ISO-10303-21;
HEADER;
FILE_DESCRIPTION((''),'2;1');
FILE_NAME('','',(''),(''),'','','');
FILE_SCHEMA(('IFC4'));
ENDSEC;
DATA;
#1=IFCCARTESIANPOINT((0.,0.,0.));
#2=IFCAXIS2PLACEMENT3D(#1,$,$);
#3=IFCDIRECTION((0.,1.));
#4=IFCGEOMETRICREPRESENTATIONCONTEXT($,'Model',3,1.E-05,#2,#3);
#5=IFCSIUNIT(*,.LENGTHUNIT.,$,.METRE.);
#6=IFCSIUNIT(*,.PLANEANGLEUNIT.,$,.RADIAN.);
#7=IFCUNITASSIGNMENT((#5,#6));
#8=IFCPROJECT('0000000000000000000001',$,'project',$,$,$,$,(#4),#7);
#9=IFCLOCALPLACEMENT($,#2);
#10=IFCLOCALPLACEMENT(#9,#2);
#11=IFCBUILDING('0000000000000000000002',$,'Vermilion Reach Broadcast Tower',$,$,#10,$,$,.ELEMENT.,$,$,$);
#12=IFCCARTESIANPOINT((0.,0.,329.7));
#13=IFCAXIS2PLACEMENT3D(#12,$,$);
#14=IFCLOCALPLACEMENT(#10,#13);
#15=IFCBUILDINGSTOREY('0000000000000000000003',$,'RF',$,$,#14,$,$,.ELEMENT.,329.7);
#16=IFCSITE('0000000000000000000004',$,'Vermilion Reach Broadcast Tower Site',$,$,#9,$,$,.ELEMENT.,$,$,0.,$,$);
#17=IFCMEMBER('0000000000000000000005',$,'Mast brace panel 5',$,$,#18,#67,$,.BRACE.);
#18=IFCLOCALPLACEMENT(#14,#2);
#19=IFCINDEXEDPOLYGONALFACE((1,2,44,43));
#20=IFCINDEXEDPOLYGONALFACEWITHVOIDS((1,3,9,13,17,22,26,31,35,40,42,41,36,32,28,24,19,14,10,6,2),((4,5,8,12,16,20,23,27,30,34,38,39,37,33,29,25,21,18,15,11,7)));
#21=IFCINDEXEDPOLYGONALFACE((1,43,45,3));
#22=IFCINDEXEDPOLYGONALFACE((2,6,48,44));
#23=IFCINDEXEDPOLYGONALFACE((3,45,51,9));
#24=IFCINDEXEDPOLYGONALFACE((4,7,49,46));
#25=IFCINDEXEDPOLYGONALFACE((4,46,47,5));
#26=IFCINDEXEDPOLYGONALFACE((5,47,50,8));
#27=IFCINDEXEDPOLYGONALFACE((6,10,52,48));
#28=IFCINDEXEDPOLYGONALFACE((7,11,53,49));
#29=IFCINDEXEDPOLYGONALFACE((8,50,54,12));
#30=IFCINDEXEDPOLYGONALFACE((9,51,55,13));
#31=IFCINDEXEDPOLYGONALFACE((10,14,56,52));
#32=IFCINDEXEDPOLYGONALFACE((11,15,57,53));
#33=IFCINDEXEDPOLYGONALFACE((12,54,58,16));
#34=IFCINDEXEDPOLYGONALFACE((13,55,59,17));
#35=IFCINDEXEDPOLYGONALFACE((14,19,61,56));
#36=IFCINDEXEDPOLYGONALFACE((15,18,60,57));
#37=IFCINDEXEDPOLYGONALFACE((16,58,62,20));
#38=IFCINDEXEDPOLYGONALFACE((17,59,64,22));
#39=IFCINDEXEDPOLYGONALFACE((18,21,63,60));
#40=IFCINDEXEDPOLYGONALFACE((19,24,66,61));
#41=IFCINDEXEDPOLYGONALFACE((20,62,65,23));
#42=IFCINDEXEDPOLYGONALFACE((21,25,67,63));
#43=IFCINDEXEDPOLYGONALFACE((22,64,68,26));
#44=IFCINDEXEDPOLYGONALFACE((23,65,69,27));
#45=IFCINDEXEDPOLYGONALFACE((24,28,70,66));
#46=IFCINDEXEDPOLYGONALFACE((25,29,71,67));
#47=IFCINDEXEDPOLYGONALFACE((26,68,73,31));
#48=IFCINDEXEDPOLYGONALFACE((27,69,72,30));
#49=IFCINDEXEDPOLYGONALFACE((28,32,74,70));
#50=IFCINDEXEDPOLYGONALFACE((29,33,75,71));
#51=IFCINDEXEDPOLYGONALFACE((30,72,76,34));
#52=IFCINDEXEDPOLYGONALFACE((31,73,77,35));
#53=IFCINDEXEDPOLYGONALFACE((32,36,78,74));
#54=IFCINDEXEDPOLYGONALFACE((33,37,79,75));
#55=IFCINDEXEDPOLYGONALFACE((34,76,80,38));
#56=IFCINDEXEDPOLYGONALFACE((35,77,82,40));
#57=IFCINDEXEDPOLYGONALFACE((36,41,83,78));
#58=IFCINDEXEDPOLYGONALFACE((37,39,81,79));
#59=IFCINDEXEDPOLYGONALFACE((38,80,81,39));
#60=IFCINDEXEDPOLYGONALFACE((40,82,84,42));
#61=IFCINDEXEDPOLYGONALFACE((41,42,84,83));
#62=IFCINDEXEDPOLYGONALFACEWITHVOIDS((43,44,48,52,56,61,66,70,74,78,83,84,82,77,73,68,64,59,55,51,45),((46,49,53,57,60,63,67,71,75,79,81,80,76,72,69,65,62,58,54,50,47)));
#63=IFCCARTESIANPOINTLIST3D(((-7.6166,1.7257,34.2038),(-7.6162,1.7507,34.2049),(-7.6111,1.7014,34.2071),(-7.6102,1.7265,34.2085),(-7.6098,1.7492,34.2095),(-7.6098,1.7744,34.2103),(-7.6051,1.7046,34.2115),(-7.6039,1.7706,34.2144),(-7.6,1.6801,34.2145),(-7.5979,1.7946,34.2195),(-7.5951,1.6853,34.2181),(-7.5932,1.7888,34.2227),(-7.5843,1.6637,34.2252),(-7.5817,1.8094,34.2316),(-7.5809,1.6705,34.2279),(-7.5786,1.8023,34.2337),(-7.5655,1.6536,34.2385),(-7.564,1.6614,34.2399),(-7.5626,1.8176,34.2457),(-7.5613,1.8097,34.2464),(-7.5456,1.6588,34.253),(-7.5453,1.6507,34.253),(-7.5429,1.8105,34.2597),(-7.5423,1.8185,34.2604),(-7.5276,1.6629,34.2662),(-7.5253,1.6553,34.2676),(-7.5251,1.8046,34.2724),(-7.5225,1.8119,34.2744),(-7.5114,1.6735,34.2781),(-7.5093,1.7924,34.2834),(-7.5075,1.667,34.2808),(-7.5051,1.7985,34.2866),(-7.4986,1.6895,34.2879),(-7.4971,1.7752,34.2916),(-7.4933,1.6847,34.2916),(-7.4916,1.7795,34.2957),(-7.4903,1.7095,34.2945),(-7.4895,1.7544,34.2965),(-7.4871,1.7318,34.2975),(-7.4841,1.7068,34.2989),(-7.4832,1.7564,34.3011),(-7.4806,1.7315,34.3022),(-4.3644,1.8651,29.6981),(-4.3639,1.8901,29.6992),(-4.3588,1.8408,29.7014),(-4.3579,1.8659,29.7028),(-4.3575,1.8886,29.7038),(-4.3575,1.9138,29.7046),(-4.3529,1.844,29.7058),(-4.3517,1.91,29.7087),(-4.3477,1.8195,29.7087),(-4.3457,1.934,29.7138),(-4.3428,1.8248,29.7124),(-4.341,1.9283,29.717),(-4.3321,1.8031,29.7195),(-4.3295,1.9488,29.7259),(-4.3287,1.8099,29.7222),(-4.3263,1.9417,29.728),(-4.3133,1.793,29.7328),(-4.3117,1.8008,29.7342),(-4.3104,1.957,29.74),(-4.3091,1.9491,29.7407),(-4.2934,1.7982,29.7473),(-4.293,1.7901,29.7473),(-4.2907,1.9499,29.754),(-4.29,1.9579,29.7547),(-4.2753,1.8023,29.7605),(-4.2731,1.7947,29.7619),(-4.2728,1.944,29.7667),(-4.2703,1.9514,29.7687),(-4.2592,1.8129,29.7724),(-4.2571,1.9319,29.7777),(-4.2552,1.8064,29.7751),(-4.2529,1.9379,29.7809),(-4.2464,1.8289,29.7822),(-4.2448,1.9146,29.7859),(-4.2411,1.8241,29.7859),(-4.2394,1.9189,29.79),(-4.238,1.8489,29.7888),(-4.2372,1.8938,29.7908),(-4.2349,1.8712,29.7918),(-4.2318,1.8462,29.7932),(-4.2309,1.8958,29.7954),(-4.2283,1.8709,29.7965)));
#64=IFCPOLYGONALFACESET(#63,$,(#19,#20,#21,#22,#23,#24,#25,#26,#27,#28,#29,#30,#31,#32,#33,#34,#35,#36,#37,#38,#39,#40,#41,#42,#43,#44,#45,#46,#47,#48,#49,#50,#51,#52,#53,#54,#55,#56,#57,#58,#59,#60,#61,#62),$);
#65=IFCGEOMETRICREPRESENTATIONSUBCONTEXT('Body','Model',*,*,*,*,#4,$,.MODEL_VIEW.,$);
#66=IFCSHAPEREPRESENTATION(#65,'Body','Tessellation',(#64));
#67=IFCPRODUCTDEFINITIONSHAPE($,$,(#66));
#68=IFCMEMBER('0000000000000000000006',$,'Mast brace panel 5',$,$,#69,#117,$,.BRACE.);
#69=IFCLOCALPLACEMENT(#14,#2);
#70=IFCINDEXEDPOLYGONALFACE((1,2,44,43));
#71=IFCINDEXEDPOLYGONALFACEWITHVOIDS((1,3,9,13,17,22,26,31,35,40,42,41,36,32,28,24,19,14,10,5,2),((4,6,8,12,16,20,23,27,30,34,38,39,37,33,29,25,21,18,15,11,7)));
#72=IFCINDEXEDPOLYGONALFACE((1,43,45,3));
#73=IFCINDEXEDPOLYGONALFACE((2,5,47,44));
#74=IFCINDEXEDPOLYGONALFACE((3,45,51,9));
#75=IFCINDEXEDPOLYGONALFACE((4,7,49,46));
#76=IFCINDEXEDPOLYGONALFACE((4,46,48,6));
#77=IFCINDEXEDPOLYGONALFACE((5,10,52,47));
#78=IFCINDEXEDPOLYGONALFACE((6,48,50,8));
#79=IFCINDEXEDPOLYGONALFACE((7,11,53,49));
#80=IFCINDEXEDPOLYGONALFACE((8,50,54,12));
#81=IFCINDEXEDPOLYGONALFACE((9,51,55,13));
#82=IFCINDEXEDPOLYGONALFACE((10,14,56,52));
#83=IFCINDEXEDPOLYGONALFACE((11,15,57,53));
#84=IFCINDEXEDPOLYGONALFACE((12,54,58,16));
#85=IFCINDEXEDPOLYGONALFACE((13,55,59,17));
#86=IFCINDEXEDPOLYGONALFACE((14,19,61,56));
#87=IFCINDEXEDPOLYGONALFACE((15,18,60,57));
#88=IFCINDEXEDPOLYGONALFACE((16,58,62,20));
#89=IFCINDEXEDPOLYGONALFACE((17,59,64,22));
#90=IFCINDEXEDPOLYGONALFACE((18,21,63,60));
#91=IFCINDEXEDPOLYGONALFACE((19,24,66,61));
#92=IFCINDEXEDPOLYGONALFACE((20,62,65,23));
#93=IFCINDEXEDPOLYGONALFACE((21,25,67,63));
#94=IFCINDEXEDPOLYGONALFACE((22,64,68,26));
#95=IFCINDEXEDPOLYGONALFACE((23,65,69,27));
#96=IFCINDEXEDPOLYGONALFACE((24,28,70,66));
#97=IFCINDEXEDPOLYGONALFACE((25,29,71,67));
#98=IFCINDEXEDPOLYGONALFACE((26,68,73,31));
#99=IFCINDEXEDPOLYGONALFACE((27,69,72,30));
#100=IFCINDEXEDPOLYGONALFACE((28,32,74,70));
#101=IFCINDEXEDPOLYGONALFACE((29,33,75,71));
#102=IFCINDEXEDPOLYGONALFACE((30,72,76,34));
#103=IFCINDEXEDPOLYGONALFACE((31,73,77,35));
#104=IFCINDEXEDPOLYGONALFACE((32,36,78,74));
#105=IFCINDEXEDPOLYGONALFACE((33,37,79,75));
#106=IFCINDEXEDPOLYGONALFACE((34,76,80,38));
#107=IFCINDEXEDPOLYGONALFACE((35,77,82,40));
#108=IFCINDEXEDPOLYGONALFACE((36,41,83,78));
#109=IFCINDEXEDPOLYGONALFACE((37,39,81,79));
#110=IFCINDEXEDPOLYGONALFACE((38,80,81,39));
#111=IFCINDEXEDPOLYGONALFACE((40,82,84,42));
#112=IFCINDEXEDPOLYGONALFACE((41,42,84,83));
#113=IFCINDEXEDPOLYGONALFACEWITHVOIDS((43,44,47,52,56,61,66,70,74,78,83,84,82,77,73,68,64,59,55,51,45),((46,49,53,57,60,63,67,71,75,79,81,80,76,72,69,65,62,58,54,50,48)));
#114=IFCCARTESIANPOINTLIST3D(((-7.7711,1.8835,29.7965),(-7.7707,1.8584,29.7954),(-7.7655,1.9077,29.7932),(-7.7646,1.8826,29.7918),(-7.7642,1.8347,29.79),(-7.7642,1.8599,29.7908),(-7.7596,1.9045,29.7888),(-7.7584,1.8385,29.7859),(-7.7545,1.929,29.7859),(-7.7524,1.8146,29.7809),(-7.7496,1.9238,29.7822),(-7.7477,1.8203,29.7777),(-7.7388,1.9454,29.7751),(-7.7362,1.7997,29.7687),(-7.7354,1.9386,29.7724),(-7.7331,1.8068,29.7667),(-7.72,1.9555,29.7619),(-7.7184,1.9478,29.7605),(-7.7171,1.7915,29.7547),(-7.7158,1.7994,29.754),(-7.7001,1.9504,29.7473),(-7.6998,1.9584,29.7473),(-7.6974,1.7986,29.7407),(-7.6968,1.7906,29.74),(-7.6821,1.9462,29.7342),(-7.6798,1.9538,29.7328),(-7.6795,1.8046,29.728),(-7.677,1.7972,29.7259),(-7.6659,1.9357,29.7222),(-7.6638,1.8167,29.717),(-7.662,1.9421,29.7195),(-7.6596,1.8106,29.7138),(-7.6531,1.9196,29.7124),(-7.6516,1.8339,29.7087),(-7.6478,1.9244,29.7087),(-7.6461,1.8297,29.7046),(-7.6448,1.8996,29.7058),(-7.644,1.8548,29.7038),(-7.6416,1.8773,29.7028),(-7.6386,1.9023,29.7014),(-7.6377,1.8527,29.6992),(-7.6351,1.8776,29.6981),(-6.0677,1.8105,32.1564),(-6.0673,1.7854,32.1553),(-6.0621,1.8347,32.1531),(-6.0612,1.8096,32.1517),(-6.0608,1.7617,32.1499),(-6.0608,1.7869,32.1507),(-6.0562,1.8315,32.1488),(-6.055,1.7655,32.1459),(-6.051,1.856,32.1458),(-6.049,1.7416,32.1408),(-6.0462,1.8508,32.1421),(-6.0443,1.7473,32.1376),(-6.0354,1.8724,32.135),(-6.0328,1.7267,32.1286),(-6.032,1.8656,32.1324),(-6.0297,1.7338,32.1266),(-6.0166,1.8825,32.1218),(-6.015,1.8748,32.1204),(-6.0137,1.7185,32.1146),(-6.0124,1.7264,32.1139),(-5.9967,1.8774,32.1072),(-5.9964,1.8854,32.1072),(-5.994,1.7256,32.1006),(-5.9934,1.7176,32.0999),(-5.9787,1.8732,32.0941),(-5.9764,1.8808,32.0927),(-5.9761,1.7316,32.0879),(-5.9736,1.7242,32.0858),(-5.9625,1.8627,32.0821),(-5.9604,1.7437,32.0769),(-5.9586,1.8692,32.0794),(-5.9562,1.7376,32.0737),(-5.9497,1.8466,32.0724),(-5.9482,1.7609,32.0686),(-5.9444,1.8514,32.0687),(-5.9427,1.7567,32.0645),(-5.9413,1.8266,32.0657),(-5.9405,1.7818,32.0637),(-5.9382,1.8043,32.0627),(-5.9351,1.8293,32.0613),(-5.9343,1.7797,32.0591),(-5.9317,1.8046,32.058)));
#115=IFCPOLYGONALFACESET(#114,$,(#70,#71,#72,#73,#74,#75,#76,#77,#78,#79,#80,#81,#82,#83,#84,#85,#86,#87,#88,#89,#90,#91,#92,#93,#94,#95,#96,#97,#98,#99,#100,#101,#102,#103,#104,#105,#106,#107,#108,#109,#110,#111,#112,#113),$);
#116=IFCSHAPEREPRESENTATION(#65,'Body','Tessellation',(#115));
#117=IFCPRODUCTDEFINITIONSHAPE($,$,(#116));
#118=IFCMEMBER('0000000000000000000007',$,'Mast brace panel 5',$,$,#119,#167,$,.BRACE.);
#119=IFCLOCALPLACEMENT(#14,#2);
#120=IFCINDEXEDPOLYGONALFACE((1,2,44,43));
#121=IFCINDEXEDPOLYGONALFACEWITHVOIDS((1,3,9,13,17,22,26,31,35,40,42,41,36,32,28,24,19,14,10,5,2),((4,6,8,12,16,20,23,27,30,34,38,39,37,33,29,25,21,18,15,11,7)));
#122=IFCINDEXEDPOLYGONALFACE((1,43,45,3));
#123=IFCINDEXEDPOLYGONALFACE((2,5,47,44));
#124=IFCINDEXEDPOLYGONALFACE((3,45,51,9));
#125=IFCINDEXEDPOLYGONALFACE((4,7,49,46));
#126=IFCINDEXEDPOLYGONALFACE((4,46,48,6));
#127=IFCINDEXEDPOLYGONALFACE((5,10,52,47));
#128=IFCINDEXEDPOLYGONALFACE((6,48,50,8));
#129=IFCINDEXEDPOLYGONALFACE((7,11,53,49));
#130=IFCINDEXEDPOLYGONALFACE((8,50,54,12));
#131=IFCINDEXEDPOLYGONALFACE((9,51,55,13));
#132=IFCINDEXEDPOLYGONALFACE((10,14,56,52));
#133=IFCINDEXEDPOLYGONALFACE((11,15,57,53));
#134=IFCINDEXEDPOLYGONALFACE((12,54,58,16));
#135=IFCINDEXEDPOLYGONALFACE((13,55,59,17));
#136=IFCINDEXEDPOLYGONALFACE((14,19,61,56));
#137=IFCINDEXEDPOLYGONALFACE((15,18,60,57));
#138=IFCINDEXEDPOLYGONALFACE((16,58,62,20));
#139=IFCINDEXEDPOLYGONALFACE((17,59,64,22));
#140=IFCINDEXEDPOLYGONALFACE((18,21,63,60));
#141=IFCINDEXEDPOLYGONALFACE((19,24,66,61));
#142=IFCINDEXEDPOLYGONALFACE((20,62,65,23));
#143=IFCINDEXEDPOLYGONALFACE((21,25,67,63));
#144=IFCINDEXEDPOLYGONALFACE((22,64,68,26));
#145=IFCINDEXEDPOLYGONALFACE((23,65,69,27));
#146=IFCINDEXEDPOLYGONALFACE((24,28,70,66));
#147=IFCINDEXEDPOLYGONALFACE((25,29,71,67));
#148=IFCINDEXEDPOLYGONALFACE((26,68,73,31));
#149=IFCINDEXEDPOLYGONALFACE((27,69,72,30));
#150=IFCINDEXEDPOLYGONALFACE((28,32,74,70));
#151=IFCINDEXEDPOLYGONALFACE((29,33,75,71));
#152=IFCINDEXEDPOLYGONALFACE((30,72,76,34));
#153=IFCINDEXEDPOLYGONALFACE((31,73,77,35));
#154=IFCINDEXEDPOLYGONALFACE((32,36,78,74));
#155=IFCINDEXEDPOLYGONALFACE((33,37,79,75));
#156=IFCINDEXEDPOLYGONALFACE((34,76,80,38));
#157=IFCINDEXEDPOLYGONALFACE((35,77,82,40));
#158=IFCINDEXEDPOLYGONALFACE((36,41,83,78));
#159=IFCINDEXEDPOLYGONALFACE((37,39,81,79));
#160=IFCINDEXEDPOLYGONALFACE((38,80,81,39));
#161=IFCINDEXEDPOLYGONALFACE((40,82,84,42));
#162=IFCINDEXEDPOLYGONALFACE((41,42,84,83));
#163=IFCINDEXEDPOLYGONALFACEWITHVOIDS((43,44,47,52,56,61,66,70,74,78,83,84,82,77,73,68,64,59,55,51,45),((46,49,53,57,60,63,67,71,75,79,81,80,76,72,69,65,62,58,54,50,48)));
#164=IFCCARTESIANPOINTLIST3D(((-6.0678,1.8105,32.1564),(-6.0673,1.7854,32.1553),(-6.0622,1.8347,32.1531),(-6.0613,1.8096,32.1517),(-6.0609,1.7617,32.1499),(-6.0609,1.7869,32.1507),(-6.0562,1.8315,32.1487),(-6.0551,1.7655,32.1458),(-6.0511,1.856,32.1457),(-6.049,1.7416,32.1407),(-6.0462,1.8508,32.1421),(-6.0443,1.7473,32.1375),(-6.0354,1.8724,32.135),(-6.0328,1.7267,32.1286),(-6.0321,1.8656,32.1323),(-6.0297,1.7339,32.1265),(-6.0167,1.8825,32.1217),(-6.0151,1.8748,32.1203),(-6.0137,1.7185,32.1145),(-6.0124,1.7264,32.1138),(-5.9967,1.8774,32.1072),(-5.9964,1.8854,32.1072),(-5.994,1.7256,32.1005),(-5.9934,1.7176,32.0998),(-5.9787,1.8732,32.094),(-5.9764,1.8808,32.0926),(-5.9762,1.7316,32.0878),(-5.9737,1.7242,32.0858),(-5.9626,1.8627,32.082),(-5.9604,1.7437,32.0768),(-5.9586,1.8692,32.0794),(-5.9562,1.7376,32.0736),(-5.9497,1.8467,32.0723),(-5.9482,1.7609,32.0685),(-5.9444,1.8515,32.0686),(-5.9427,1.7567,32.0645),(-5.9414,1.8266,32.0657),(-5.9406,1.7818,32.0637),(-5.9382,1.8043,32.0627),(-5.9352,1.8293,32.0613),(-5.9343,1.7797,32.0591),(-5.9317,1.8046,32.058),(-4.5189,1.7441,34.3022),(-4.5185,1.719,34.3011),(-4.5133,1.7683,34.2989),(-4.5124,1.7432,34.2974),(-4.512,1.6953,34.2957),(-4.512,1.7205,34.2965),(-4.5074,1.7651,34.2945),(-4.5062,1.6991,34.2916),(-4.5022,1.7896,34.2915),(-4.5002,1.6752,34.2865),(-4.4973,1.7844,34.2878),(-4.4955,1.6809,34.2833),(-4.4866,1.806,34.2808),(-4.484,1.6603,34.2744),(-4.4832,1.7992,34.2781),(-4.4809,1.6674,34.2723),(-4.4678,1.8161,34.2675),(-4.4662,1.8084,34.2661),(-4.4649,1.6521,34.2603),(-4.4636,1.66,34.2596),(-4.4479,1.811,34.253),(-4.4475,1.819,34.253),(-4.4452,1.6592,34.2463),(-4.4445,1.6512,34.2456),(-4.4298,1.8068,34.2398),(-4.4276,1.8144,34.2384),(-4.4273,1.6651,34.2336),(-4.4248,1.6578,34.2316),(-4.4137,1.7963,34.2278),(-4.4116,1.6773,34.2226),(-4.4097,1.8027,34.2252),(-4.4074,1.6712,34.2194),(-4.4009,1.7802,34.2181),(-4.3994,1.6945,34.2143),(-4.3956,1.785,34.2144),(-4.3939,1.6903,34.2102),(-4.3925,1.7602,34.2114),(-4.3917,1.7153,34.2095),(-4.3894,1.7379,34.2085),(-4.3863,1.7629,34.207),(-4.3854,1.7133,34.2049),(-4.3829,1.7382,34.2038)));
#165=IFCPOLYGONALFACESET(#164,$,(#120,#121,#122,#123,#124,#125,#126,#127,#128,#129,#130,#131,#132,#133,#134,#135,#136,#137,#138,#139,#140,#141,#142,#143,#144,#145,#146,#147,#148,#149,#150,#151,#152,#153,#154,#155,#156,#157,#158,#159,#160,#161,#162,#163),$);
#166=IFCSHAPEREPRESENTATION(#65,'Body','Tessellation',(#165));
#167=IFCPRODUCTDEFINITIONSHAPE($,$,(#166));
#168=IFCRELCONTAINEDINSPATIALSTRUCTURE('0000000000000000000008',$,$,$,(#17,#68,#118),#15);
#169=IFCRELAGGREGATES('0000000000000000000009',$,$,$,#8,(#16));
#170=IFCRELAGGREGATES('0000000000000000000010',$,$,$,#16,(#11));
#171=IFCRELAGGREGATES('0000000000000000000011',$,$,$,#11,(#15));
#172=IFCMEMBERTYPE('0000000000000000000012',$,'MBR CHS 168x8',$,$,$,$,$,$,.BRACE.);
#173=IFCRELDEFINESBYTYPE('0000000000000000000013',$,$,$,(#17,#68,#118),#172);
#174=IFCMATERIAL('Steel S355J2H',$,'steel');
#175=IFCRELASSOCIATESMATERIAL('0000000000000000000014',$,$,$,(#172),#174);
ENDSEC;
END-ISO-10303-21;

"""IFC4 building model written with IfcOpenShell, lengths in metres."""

from ifc_helpers import new_model, si_unit, direction, frame, origin, origin_2d, place, context, subcontext, project, spatial, hollow_circle, extrude, material, material_profile, profile_set, type_object, element, save


model = new_model("IFC4")

# Units and contexts
model_context = context("Model", 3, precision=1e-05, world=origin(), true_north=direction((0.0, 1.0)))
body_context = subcontext(model_context, "Body", "Model", "MODEL_VIEW")
ifc_project = project(units=[si_unit("LENGTHUNIT", "METRE"), si_unit("PLANEANGLEUNIT", "RADIAN")], contexts=[model_context])

# Site, building, storey
site_placement = place(None, origin())
site = spatial("IfcSite", under=ifc_project, at=site_placement, Name="Vermilion Reach Broadcast Tower Site", CompositionType="ELEMENT", RefElevation=0.0)
building_placement = place(site_placement, origin())
building = spatial("IfcBuilding", under=site, at=building_placement, Name="Vermilion Reach Broadcast Tower", CompositionType="ELEMENT")
storey_placement = place(building_placement, frame((0.0, 0.0, 329.7)))
storey = spatial("IfcBuildingStorey", under=building, at=storey_placement, Name="RF", CompositionType="ELEMENT", Elevation=329.7)

# Members
ifc_material_1 = material(Name="Steel S355J2H", Category="steel")
ifc_material_profile_1 = material_profile(ifc_material_1, hollow_circle(Radius=0.0842, WallThickness=0.0081, at=origin_2d()), Name="S355J2H CHS 168x8")
ifc_profile_set_1 = profile_set([ifc_material_profile_1], Name="Steel S355J2H")
member_type_1 = type_object("IfcMemberType", Name="MBR CHS 168x8", PredefinedType="BRACE", material=ifc_profile_set_1)
member_1_placement = place(storey_placement, frame((-4.2966, 1.8743, 29.7473), z_axis=(-0.585087, -0.02508, 0.810583), x_axis=(0.042825, -0.999083, 0.0)))
element("IfcMember", 1, at=member_1_placement, inside=storey, type_object=member_type_1, Name="Mast brace panel 5", PredefinedType="BRACE", context=body_context, shape_type="SweptSolid", body=[
    extrude(hollow_circle(Radius=0.0842, WallThickness=0.0081, at=origin_2d()), origin(), (0.0, 0.0, 1.0), 5.5586),
])
member_2_placement = place(storey_placement, frame((-7.7034, 1.8743, 29.7473), z_axis=(0.585086, -0.025074, 0.810584), x_axis=(0.042816, 0.999083, 0.0)))
element("IfcMember", 2, at=member_2_placement, inside=storey, type_object=member_type_1, Name="Mast brace panel 5", PredefinedType="BRACE", context=body_context, shape_type="SweptSolid", body=[
    extrude(hollow_circle(Radius=0.0842, WallThickness=0.0081, at=origin_2d()), origin(), (0.0, 0.0, 1.0), 2.9114),
])
member_3_placement = place(storey_placement, frame((-6.0, 1.8013, 32.1072), z_axis=(0.585087, -0.025086, 0.810582), x_axis=(0.042836, 0.999082, 0.0)))
element("IfcMember", 3, at=member_3_placement, inside=storey, type_object=member_type_1, Name="Mast brace panel 5", PredefinedType="BRACE", context=body_context, shape_type="SweptSolid", body=[
    extrude(hollow_circle(Radius=0.0842, WallThickness=0.0081, at=origin_2d()), origin(), (0.0, 0.0, 1.0), 2.6472),
])

save(model, "model.ifc")
